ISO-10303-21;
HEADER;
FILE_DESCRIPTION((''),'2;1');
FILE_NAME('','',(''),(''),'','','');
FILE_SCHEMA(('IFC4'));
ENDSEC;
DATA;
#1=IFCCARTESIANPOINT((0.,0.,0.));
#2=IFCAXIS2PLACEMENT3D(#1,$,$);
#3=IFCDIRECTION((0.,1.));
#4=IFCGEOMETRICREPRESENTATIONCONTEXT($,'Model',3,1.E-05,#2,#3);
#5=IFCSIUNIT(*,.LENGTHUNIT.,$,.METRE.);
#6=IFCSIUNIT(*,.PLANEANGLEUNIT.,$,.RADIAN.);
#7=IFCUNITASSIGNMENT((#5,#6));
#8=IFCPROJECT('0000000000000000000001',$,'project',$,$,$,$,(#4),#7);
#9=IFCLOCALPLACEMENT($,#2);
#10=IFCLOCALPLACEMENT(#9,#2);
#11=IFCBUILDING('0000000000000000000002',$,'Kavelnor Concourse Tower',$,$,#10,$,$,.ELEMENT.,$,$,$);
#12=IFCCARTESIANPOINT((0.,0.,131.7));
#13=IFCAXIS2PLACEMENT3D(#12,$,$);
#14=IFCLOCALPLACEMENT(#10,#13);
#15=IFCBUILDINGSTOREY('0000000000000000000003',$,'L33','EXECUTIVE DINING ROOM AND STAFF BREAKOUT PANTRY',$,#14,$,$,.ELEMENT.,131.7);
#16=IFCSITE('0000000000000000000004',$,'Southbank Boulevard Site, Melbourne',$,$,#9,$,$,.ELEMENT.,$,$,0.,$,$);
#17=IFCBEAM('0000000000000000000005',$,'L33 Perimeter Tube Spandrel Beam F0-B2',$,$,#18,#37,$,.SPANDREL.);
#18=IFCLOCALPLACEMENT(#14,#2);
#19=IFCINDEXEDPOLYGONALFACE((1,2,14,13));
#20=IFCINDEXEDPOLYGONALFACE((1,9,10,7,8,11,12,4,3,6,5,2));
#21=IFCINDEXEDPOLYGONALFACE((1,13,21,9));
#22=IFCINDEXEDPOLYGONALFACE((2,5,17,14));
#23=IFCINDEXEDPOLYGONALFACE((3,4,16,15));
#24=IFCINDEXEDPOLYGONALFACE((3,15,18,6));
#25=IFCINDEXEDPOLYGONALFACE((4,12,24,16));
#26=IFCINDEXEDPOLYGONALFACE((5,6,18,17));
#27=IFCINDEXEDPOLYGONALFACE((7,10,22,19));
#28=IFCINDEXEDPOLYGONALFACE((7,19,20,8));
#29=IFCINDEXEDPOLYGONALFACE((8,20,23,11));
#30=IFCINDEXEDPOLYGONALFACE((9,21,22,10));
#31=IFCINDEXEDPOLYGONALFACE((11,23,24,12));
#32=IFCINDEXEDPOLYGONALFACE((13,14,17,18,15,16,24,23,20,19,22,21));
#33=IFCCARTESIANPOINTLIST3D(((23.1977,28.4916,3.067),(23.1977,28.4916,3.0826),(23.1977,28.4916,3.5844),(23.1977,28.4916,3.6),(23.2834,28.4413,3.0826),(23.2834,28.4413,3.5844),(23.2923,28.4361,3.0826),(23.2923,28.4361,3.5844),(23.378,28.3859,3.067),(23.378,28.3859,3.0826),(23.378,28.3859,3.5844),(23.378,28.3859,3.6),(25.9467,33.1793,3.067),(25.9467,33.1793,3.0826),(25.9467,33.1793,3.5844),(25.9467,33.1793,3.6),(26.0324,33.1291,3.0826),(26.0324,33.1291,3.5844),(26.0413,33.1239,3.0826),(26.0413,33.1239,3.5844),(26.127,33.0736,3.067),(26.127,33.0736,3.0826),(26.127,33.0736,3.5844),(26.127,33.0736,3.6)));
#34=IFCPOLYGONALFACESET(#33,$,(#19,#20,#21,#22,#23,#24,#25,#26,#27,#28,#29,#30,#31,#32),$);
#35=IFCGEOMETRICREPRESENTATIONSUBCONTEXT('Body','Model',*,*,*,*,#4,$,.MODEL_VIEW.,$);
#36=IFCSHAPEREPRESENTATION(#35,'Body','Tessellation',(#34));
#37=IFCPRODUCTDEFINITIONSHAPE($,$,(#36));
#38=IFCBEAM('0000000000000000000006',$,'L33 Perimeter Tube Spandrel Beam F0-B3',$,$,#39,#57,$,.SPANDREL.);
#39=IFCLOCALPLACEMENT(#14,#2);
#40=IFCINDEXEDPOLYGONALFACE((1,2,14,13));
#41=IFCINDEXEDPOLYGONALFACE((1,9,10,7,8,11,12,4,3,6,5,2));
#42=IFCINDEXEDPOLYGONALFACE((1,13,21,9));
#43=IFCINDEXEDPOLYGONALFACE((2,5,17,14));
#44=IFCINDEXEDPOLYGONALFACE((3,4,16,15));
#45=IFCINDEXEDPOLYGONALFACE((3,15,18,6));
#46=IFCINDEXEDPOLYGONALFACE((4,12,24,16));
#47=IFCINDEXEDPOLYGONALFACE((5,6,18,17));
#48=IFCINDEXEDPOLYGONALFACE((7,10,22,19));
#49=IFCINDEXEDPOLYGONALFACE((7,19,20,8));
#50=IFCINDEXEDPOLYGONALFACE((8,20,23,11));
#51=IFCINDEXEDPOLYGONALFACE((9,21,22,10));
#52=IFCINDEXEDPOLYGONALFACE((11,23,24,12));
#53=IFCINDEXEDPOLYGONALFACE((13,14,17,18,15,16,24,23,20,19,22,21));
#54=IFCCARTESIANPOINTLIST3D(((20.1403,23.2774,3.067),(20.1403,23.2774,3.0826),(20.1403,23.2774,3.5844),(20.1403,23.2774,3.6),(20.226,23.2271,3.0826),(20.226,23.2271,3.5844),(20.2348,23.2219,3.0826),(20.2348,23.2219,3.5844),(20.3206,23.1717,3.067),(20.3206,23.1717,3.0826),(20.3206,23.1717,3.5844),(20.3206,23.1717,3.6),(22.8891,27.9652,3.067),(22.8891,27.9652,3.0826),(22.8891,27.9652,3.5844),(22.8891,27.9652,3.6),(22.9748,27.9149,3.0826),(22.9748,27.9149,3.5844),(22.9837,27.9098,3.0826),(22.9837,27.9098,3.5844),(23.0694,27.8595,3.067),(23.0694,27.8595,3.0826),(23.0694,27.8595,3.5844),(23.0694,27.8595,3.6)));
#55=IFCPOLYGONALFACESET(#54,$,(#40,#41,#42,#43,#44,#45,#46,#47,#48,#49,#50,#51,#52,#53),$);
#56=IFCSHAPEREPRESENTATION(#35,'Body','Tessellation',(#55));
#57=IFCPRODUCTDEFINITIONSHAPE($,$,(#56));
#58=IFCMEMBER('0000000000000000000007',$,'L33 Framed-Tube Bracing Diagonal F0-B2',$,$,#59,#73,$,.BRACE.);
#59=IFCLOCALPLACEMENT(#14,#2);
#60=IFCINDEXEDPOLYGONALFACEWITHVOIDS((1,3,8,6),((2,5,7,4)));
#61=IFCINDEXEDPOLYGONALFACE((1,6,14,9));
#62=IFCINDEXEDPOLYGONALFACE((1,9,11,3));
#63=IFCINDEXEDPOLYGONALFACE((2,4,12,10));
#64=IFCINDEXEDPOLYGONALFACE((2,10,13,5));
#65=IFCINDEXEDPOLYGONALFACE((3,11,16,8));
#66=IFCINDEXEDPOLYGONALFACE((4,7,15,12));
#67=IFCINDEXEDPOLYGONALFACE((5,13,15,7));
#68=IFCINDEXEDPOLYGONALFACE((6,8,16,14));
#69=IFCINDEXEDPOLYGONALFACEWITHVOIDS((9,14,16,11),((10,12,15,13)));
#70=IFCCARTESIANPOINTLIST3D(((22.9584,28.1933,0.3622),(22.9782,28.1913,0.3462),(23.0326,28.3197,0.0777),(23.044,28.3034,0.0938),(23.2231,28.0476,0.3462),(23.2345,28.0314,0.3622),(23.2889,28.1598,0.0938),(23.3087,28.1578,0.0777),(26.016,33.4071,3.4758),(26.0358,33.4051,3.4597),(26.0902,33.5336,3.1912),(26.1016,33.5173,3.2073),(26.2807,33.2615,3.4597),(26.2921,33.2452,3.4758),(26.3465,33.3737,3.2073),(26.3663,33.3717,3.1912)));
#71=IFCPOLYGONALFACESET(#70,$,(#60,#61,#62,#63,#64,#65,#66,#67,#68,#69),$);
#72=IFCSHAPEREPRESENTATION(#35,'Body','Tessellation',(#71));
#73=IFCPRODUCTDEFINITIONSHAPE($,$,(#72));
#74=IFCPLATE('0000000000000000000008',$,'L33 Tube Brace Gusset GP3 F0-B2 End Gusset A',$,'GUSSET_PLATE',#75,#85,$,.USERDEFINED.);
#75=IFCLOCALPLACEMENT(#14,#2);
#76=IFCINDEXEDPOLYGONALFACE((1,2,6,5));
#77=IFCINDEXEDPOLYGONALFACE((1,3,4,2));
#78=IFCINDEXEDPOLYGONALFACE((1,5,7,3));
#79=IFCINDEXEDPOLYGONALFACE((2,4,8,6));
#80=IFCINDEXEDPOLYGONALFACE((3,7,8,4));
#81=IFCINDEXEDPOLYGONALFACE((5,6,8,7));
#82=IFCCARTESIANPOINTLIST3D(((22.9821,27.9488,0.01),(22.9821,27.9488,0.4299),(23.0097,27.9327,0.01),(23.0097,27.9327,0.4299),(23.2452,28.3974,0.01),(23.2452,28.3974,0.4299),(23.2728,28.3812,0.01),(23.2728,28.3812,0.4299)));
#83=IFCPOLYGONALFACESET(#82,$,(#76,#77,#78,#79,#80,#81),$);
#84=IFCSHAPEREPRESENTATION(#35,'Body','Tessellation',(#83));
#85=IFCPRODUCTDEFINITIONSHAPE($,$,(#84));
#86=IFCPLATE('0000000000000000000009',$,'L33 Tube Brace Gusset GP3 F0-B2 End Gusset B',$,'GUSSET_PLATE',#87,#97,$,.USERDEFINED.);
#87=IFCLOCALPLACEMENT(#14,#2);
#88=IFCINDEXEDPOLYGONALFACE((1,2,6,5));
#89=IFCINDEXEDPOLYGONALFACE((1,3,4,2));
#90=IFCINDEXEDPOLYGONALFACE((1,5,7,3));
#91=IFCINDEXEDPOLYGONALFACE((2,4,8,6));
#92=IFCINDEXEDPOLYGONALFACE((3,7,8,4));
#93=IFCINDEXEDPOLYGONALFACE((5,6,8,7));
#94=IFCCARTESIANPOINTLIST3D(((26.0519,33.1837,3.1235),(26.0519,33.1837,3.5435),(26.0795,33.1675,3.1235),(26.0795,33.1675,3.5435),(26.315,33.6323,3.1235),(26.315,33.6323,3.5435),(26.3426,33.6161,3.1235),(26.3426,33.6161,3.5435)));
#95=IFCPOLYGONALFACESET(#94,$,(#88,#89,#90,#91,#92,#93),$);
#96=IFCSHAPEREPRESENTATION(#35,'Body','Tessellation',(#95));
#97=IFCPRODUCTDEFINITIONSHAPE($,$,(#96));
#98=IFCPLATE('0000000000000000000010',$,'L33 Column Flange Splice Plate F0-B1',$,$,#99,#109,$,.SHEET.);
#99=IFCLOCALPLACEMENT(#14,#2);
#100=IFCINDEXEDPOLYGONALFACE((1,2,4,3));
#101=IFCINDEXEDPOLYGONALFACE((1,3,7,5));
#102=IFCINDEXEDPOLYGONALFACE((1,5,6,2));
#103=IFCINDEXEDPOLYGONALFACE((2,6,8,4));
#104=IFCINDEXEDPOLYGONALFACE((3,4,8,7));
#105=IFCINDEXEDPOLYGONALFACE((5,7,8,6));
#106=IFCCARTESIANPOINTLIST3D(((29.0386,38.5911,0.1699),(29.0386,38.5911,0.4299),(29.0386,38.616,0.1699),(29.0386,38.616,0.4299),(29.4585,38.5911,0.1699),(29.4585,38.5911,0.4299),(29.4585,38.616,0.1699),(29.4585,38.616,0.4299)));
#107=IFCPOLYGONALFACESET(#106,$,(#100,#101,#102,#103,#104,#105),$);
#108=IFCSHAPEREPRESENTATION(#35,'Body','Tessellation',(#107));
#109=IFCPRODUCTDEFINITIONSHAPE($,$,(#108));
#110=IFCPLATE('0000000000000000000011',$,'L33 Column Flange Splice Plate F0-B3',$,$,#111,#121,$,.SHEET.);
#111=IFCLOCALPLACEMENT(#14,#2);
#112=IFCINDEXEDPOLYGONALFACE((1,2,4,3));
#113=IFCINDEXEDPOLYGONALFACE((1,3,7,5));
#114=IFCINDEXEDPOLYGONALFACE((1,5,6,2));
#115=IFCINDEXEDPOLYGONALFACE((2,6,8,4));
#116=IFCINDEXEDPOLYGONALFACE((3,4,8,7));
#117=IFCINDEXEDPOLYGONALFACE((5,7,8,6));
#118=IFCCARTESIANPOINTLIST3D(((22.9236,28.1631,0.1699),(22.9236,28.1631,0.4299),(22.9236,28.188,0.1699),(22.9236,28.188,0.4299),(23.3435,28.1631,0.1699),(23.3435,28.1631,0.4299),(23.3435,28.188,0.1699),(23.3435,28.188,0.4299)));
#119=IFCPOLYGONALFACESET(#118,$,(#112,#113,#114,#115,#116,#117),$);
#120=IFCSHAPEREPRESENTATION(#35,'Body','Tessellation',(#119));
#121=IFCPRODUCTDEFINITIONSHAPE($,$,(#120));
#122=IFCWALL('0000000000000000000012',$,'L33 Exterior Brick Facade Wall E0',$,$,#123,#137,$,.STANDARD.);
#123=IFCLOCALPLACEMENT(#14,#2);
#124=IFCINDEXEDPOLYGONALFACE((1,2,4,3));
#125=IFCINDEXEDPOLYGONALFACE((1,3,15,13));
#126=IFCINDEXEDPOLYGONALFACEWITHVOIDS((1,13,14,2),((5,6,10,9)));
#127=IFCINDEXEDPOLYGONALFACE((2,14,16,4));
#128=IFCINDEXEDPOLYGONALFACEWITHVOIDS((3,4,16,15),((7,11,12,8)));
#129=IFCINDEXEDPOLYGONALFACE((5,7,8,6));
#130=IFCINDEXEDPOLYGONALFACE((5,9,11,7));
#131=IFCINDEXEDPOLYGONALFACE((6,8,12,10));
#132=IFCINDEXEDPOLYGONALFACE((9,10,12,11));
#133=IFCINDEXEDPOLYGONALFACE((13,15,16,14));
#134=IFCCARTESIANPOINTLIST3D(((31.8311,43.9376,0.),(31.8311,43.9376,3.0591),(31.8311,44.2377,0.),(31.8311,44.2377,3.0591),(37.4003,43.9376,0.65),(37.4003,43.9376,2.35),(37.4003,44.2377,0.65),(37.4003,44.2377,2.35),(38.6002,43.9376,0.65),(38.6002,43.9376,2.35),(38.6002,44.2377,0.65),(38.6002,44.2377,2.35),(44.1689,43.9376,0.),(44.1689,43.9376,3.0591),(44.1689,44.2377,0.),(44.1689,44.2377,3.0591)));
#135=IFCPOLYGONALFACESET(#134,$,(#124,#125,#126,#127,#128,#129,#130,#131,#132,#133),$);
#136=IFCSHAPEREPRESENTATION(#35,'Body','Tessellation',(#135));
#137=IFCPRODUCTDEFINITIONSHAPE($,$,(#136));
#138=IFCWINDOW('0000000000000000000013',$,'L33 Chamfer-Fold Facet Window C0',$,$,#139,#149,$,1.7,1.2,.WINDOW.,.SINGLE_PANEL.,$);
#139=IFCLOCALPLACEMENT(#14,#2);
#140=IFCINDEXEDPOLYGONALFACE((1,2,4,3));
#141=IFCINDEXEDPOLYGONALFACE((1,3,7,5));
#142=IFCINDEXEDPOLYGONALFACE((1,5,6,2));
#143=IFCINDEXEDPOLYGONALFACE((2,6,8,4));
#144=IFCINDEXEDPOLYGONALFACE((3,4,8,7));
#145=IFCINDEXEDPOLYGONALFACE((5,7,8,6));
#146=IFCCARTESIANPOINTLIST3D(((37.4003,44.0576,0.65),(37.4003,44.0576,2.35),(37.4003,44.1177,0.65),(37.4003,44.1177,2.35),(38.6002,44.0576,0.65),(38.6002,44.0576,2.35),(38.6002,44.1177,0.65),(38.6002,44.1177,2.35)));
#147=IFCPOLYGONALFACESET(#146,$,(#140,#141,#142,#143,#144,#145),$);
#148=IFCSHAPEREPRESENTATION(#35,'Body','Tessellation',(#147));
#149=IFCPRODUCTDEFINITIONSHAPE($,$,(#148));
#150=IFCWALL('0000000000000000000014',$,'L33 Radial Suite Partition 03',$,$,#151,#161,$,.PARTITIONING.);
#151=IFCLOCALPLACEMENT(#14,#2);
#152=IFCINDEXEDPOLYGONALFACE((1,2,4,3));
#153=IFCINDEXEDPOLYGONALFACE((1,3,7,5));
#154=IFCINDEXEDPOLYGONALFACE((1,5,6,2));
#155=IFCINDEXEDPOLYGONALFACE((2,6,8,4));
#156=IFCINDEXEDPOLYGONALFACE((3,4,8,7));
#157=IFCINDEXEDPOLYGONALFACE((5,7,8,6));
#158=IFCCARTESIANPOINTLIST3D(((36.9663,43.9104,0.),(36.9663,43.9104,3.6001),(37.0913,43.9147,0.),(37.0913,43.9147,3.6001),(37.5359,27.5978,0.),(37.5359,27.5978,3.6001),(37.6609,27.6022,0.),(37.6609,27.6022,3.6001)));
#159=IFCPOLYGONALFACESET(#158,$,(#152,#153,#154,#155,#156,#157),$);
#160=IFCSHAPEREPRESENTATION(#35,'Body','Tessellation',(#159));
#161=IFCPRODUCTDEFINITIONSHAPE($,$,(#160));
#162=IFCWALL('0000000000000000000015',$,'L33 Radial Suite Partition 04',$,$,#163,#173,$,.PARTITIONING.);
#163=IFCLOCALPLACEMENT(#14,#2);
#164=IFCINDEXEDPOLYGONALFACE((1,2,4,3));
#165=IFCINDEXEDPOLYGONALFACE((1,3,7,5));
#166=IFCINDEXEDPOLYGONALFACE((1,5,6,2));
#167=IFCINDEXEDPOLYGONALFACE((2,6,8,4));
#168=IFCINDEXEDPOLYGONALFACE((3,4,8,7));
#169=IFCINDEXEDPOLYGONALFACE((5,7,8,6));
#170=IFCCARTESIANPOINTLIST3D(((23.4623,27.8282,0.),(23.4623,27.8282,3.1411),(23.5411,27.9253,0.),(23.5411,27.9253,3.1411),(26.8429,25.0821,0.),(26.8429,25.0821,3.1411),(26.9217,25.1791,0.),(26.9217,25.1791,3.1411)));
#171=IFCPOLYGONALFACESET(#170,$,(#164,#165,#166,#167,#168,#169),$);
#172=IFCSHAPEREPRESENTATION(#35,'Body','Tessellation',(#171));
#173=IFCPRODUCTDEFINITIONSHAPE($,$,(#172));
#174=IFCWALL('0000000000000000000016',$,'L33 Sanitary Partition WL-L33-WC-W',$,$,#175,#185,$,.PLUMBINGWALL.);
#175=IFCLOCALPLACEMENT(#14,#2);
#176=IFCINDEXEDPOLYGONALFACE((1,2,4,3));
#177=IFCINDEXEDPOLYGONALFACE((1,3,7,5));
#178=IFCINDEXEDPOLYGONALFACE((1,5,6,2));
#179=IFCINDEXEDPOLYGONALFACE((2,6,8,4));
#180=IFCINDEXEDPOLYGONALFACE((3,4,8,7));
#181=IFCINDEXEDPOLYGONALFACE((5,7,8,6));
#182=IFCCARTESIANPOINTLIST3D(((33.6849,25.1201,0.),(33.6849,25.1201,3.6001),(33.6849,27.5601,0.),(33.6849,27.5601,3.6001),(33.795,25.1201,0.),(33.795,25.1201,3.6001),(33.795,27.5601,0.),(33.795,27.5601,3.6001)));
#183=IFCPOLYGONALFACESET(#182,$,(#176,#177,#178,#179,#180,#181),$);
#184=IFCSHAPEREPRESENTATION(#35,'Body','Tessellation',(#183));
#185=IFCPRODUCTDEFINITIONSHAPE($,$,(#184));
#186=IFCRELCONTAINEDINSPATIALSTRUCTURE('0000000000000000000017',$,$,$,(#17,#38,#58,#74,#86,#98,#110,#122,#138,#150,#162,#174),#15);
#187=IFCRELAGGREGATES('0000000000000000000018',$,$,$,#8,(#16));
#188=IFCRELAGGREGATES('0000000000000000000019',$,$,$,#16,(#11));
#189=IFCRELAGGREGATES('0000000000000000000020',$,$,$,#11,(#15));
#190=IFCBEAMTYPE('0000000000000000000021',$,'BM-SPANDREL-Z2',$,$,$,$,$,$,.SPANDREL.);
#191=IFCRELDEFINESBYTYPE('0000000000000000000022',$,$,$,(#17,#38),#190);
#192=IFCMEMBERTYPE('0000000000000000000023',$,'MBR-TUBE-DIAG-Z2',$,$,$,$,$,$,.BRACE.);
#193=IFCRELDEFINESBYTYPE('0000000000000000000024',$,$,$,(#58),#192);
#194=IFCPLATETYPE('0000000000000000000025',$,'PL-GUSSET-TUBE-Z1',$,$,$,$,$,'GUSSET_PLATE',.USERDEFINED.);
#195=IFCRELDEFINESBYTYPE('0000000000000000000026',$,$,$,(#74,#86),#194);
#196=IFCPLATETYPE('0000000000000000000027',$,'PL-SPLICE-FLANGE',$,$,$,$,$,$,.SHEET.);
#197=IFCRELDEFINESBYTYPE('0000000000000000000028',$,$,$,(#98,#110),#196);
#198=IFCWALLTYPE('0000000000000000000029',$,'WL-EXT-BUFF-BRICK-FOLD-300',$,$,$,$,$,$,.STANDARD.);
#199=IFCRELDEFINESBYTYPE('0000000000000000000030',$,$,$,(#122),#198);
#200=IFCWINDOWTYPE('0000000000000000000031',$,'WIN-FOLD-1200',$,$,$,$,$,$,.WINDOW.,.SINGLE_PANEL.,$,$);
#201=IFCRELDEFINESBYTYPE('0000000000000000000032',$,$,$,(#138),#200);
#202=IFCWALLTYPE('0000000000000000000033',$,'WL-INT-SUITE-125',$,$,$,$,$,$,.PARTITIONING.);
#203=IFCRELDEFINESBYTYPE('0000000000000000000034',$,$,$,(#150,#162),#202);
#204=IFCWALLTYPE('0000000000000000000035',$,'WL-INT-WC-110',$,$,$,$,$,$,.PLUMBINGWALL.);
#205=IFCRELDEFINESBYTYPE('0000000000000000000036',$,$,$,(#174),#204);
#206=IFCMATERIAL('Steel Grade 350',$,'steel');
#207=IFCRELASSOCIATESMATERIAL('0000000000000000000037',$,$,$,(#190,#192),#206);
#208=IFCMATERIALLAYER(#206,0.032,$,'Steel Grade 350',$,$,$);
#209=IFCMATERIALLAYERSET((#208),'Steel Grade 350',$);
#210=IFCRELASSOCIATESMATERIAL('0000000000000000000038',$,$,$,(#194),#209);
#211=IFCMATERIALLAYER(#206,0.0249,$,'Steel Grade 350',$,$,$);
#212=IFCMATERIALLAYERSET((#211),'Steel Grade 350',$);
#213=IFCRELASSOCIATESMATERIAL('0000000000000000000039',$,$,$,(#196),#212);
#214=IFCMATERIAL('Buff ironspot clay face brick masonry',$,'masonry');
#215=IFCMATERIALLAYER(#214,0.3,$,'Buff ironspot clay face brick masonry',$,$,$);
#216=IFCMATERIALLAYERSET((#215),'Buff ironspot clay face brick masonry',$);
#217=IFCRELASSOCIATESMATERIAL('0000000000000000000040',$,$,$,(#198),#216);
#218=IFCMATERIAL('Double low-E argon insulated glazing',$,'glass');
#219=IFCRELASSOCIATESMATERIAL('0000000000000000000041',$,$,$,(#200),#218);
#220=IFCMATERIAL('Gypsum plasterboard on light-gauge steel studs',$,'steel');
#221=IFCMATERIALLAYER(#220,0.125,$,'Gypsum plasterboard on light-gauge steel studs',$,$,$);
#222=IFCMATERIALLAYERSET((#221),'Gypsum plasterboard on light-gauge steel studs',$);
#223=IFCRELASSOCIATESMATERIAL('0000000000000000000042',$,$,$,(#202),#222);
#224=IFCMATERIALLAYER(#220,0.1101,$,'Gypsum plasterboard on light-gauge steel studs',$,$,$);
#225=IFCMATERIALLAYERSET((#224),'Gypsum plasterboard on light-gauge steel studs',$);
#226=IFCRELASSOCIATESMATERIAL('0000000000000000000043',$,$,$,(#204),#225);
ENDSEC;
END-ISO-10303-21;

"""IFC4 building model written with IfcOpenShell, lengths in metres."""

from ifc_helpers import new_model, si_unit, direction, frame, frame_2d, origin, origin_2d, place, context, subcontext, project, spatial, rectangle, hollow_rectangle, i_section, extrude, material, layer, layer_set, material_profile, profile_set, type_object, element, fill, save


model = new_model("IFC4")

# Units and contexts
model_context = context("Model", 3, precision=1e-05, world=origin(), true_north=direction((0.0, 1.0)))
body_context = subcontext(model_context, "Body", "Model", "MODEL_VIEW")
ifc_project = project(units=[si_unit("LENGTHUNIT", "METRE"), si_unit("PLANEANGLEUNIT", "RADIAN")], contexts=[model_context])

# Site, building, storey
site_placement = place(None, origin())
site = spatial("IfcSite", under=ifc_project, at=site_placement, Name="Southbank Boulevard Site, Melbourne", CompositionType="ELEMENT", RefElevation=0.0)
building_placement = place(site_placement, origin())
building = spatial("IfcBuilding", under=site, at=building_placement, Name="Kavelnor Concourse Tower", CompositionType="ELEMENT")
storey_placement = place(building_placement, frame((0.0, 0.0, 131.7)))
storey = spatial("IfcBuildingStorey", under=building, at=storey_placement, Name="L33", Description="EXECUTIVE DINING ROOM AND STAFF BREAKOUT PANTRY", CompositionType="ELEMENT", Elevation=131.7)

# Shared definitions
ifc_material_1 = material(Name="Steel Grade 350", Category="steel")

# Beams
ifc_material_profile_1 = material_profile(ifc_material_1, i_section(OverallWidth=0.209, OverallDepth=0.533, WebThickness=0.0103, FlangeThickness=0.0156, at=origin_2d()), Name="530UB92")
ifc_profile_set_1 = profile_set([ifc_material_profile_1], Name="Steel Grade 350")
beam_type_1 = type_object("IfcBeamType", Name="BM-SPANDREL-Z2", PredefinedType="SPANDREL", material=ifc_profile_set_1)
for number, where, z_axis, x_axis, name in (
    (1, (26.0369, 33.1265, 3.3335), (-0.505861, -0.862615, 0.0), (0.862615, -0.505861, 0.0), "L33 Perimeter Tube Spandrel Beam F0-B2"),
    (2, (22.9792, 27.9124, 3.3335), (-0.505828, -0.862634, 0.0), (0.862634, -0.505828, 0.0), "L33 Perimeter Tube Spandrel Beam F0-B3"),
):
    element("IfcBeam", number, at=place(storey_placement, frame(where, z_axis=z_axis, x_axis=x_axis)), inside=storey, type_object=beam_type_1, Name=name, PredefinedType="SPANDREL", context=body_context, shape_type="SweptSolid", body=[
        extrude(i_section(OverallWidth=0.209, OverallDepth=0.533, WebThickness=0.0103, FlangeThickness=0.0156, at=origin_2d()), origin(), (0.0, 0.0, 1.0), 5.4343),
    ])

# Member
ifc_material_profile_2 = material_profile(ifc_material_1, hollow_rectangle(XDim=0.3201, YDim=0.3201, WallThickness=0.0181, at=origin_2d()), Name="SHS 320x320x18")
ifc_profile_set_2 = profile_set([ifc_material_profile_2], Name="Steel Grade 350")
member_type = type_object("IfcMemberType", Name="MBR-TUBE-DIAG-Z2", PredefinedType="BRACE", material=ifc_profile_set_2)
member_placement = place(storey_placement, frame((23.1335, 28.1755, 0.22), z_axis=(0.449711, 0.766849, 0.457933), x_axis=(-0.86261, 0.505869, 0.0)))
element("IfcMember", 3, at=member_placement, inside=storey, type_object=member_type, Name="L33 Framed-Tube Bracing Diagonal F0-B2", PredefinedType="BRACE", context=body_context, shape_type="SweptSolid", body=[
    extrude(hollow_rectangle(XDim=0.3201, YDim=0.3201, WallThickness=0.0181, at=origin_2d()), origin(), (0.0, 0.0, 1.0), 6.7991),
])

# Plates
ifc_layer_1 = layer(ifc_material_1, 0.032, Name="Steel Grade 350")
ifc_layer_set_1 = layer_set([ifc_layer_1], Name="Steel Grade 350")
plate_type_1 = type_object("IfcPlateType", Name="PL-GUSSET-TUBE-Z1", ElementType="GUSSET_PLATE", PredefinedType="USERDEFINED", material=ifc_layer_set_1)
for number, where, z_axis, x_axis, name in (
    (4, (23.1274, 28.165, 0.01), (0.0, 0.0, 1.0), (0.505883, 0.862602, 0.0), "L33 Tube Brace Gusset GP3 F0-B2 End Gusset A"),
    (5, (26.1973, 33.3999, 3.1235), (0.0, 0.0, 1.0), (0.505883, 0.862602, 0.0), "L33 Tube Brace Gusset GP3 F0-B2 End Gusset B"),
):
    element("IfcPlate", number, at=place(storey_placement, frame(where, z_axis=z_axis, x_axis=x_axis)), inside=storey, type_object=plate_type_1, Name=name, ObjectType="GUSSET_PLATE", PredefinedType="USERDEFINED", context=body_context, shape_type="SweptSolid", body=[
        extrude(rectangle(XDim=0.52, YDim=0.032, at=origin_2d()), origin(), (0.0, 0.0, 1.0), 0.4199),
    ])
ifc_layer_2 = layer(ifc_material_1, 0.0249, Name="Steel Grade 350")
ifc_layer_set_2 = layer_set([ifc_layer_2], Name="Steel Grade 350")
plate_type_2 = type_object("IfcPlateType", Name="PL-SPLICE-FLANGE", PredefinedType="SHEET", material=ifc_layer_set_2)
for number, where, z_axis, x_axis, name in (
    (6, (29.2485, 38.6035, 0.1699), (0.0, 0.0, 1.0), (1.0, 0.0, 0.0), "L33 Column Flange Splice Plate F0-B1"),
    (7, (23.1335, 28.1755, 0.1699), (0.0, 0.0, 1.0), (1.0, 0.0, 0.0), "L33 Column Flange Splice Plate F0-B3"),
):
    element("IfcPlate", number, at=place(storey_placement, frame(where, z_axis=z_axis, x_axis=x_axis)), inside=storey, type_object=plate_type_2, Name=name, PredefinedType="SHEET", context=body_context, shape_type="SweptSolid", body=[
        extrude(rectangle(XDim=0.4199, YDim=0.0249, at=origin_2d()), origin(), (0.0, 0.0, 1.0), 0.26),
    ])

# Wall, opening, window
ifc_material_2 = material(Name="Buff ironspot clay face brick masonry", Category="masonry")
ifc_layer_3 = layer(ifc_material_2, 0.3, Name="Buff ironspot clay face brick masonry")
ifc_layer_set_3 = layer_set([ifc_layer_3], Name="Buff ironspot clay face brick masonry")
wall_type_1 = type_object("IfcWallType", Name="WL-EXT-BUFF-BRICK-FOLD-300", PredefinedType="STANDARD", material=ifc_layer_set_3)
wall_1_placement = place(storey_placement, frame((31.8311, 44.0876, 0.0), z_axis=(0.0, 0.0, 1.0), x_axis=(1.0, 0.0, 0.0)))
wall_1 = element("IfcWall", 8, at=wall_1_placement, inside=storey, type_object=wall_type_1, Name="L33 Exterior Brick Facade Wall E0", PredefinedType="STANDARD", context=body_context, shape_type="SweptSolid", body=[
    extrude(rectangle(XDim=12.3379, YDim=0.3, at=frame_2d((6.1689, 0.0))), origin(), (0.0, 0.0, 1.0), 3.0591),
])
opening_placement = place(wall_1_placement, frame((5.5691, 0.0, 0.6499)))
opening = element("IfcOpeningElement", 9, at=opening_placement, cuts=wall_1, PredefinedType="OPENING", context=body_context, shape_type="SweptSolid", body=[
    extrude(rectangle(XDim=1.2, YDim=1.7, at=frame_2d((0.6001, 0.8501))), frame((0.0, 0.1602, 0.0), z_axis=(0.0, -1.0, 0.0), x_axis=(1.0, 0.0, 0.0)), (0.0, 0.0, 1.0), 0.3201),
])
ifc_material_3 = material(Name="Double low-E argon insulated glazing", Category="glass")
window_type = type_object("IfcWindowType", Name="WIN-FOLD-1200", PartitioningType="SINGLE_PANEL", PredefinedType="WINDOW", material=ifc_material_3)
window_placement = place(opening_placement, origin())
window = element("IfcWindow", 10, at=window_placement, inside=storey, type_object=window_type, Name="L33 Chamfer-Fold Facet Window C0", OverallHeight=1.7, OverallWidth=1.2, PartitioningType="SINGLE_PANEL", PredefinedType="WINDOW", context=body_context, shape_type="SweptSolid", body=[
    extrude(rectangle(XDim=1.2, YDim=1.7, at=frame_2d((0.6001, 0.8501))), frame((0.0, 0.03, 0.0), z_axis=(0.0, -1.0, 0.0), x_axis=(1.0, 0.0, 0.0)), (0.0, 0.0, 1.0), 0.0601),
])
fill(opening, window)

# Walls
ifc_material_4 = material(Name="Gypsum plasterboard on light-gauge steel studs", Category="steel")
ifc_layer_4 = layer(ifc_material_4, 0.125, Name="Gypsum plasterboard on light-gauge steel studs")
ifc_layer_set_4 = layer_set([ifc_layer_4], Name="Gypsum plasterboard on light-gauge steel studs")
wall_type_2 = type_object("IfcWallType", Name="WL-INT-SUITE-125", PredefinedType="PARTITIONING", material=ifc_layer_set_4)
wall_2_placement = place(storey_placement, frame((37.5984, 27.6001, 0.0), z_axis=(0.0, 0.0, 1.0), x_axis=(-0.034896, 0.999391, 0.0)))
element("IfcWall", 11, at=wall_2_placement, inside=storey, type_object=wall_type_2, Name="L33 Radial Suite Partition 03", PredefinedType="PARTITIONING", context=body_context, shape_type="SweptSolid", body=[
    extrude(rectangle(XDim=16.3225, YDim=0.125, at=frame_2d((8.1611, 0.0))), origin(), (0.0, 0.0, 1.0), 3.6001),
])
wall_3_placement = place(storey_placement, frame((26.8823, 25.1306, 0.0), z_axis=(0.0, 0.0, 1.0), x_axis=(-0.776188, 0.630502, 0.0)))
element("IfcWall", 12, at=wall_3_placement, inside=storey, type_object=wall_type_2, Name="L33 Radial Suite Partition 04", PredefinedType="PARTITIONING", context=body_context, shape_type="SweptSolid", body=[
    extrude(rectangle(XDim=4.3555, YDim=0.125, at=frame_2d((2.1777, 0.0))), origin(), (0.0, 0.0, 1.0), 3.1411),
])
ifc_layer_5 = layer(ifc_material_4, 0.1101, Name="Gypsum plasterboard on light-gauge steel studs")
ifc_layer_set_5 = layer_set([ifc_layer_5], Name="Gypsum plasterboard on light-gauge steel studs")
wall_type_3 = type_object("IfcWallType", Name="WL-INT-WC-110", PredefinedType="PLUMBINGWALL", material=ifc_layer_set_5)
for number, where, z_axis, x_axis, name in (
    (13, (33.74, 25.1201, 0.0), (0.0, 0.0, 1.0), (0.0, 1.0, 0.0), "L33 Sanitary Partition WL-L33-WC-W"),
):
    element("IfcWall", number, at=place(storey_placement, frame(where, z_axis=z_axis, x_axis=x_axis)), inside=storey, type_object=wall_type_3, Name=name, PredefinedType="PLUMBINGWALL", context=body_context, shape_type="SweptSolid", body=[
        extrude(rectangle(XDim=2.4399, YDim=0.1101, at=frame_2d((1.22, 0.0))), origin(), (0.0, 0.0, 1.0), 3.6001),
    ])

save(model, "model.ifc")
